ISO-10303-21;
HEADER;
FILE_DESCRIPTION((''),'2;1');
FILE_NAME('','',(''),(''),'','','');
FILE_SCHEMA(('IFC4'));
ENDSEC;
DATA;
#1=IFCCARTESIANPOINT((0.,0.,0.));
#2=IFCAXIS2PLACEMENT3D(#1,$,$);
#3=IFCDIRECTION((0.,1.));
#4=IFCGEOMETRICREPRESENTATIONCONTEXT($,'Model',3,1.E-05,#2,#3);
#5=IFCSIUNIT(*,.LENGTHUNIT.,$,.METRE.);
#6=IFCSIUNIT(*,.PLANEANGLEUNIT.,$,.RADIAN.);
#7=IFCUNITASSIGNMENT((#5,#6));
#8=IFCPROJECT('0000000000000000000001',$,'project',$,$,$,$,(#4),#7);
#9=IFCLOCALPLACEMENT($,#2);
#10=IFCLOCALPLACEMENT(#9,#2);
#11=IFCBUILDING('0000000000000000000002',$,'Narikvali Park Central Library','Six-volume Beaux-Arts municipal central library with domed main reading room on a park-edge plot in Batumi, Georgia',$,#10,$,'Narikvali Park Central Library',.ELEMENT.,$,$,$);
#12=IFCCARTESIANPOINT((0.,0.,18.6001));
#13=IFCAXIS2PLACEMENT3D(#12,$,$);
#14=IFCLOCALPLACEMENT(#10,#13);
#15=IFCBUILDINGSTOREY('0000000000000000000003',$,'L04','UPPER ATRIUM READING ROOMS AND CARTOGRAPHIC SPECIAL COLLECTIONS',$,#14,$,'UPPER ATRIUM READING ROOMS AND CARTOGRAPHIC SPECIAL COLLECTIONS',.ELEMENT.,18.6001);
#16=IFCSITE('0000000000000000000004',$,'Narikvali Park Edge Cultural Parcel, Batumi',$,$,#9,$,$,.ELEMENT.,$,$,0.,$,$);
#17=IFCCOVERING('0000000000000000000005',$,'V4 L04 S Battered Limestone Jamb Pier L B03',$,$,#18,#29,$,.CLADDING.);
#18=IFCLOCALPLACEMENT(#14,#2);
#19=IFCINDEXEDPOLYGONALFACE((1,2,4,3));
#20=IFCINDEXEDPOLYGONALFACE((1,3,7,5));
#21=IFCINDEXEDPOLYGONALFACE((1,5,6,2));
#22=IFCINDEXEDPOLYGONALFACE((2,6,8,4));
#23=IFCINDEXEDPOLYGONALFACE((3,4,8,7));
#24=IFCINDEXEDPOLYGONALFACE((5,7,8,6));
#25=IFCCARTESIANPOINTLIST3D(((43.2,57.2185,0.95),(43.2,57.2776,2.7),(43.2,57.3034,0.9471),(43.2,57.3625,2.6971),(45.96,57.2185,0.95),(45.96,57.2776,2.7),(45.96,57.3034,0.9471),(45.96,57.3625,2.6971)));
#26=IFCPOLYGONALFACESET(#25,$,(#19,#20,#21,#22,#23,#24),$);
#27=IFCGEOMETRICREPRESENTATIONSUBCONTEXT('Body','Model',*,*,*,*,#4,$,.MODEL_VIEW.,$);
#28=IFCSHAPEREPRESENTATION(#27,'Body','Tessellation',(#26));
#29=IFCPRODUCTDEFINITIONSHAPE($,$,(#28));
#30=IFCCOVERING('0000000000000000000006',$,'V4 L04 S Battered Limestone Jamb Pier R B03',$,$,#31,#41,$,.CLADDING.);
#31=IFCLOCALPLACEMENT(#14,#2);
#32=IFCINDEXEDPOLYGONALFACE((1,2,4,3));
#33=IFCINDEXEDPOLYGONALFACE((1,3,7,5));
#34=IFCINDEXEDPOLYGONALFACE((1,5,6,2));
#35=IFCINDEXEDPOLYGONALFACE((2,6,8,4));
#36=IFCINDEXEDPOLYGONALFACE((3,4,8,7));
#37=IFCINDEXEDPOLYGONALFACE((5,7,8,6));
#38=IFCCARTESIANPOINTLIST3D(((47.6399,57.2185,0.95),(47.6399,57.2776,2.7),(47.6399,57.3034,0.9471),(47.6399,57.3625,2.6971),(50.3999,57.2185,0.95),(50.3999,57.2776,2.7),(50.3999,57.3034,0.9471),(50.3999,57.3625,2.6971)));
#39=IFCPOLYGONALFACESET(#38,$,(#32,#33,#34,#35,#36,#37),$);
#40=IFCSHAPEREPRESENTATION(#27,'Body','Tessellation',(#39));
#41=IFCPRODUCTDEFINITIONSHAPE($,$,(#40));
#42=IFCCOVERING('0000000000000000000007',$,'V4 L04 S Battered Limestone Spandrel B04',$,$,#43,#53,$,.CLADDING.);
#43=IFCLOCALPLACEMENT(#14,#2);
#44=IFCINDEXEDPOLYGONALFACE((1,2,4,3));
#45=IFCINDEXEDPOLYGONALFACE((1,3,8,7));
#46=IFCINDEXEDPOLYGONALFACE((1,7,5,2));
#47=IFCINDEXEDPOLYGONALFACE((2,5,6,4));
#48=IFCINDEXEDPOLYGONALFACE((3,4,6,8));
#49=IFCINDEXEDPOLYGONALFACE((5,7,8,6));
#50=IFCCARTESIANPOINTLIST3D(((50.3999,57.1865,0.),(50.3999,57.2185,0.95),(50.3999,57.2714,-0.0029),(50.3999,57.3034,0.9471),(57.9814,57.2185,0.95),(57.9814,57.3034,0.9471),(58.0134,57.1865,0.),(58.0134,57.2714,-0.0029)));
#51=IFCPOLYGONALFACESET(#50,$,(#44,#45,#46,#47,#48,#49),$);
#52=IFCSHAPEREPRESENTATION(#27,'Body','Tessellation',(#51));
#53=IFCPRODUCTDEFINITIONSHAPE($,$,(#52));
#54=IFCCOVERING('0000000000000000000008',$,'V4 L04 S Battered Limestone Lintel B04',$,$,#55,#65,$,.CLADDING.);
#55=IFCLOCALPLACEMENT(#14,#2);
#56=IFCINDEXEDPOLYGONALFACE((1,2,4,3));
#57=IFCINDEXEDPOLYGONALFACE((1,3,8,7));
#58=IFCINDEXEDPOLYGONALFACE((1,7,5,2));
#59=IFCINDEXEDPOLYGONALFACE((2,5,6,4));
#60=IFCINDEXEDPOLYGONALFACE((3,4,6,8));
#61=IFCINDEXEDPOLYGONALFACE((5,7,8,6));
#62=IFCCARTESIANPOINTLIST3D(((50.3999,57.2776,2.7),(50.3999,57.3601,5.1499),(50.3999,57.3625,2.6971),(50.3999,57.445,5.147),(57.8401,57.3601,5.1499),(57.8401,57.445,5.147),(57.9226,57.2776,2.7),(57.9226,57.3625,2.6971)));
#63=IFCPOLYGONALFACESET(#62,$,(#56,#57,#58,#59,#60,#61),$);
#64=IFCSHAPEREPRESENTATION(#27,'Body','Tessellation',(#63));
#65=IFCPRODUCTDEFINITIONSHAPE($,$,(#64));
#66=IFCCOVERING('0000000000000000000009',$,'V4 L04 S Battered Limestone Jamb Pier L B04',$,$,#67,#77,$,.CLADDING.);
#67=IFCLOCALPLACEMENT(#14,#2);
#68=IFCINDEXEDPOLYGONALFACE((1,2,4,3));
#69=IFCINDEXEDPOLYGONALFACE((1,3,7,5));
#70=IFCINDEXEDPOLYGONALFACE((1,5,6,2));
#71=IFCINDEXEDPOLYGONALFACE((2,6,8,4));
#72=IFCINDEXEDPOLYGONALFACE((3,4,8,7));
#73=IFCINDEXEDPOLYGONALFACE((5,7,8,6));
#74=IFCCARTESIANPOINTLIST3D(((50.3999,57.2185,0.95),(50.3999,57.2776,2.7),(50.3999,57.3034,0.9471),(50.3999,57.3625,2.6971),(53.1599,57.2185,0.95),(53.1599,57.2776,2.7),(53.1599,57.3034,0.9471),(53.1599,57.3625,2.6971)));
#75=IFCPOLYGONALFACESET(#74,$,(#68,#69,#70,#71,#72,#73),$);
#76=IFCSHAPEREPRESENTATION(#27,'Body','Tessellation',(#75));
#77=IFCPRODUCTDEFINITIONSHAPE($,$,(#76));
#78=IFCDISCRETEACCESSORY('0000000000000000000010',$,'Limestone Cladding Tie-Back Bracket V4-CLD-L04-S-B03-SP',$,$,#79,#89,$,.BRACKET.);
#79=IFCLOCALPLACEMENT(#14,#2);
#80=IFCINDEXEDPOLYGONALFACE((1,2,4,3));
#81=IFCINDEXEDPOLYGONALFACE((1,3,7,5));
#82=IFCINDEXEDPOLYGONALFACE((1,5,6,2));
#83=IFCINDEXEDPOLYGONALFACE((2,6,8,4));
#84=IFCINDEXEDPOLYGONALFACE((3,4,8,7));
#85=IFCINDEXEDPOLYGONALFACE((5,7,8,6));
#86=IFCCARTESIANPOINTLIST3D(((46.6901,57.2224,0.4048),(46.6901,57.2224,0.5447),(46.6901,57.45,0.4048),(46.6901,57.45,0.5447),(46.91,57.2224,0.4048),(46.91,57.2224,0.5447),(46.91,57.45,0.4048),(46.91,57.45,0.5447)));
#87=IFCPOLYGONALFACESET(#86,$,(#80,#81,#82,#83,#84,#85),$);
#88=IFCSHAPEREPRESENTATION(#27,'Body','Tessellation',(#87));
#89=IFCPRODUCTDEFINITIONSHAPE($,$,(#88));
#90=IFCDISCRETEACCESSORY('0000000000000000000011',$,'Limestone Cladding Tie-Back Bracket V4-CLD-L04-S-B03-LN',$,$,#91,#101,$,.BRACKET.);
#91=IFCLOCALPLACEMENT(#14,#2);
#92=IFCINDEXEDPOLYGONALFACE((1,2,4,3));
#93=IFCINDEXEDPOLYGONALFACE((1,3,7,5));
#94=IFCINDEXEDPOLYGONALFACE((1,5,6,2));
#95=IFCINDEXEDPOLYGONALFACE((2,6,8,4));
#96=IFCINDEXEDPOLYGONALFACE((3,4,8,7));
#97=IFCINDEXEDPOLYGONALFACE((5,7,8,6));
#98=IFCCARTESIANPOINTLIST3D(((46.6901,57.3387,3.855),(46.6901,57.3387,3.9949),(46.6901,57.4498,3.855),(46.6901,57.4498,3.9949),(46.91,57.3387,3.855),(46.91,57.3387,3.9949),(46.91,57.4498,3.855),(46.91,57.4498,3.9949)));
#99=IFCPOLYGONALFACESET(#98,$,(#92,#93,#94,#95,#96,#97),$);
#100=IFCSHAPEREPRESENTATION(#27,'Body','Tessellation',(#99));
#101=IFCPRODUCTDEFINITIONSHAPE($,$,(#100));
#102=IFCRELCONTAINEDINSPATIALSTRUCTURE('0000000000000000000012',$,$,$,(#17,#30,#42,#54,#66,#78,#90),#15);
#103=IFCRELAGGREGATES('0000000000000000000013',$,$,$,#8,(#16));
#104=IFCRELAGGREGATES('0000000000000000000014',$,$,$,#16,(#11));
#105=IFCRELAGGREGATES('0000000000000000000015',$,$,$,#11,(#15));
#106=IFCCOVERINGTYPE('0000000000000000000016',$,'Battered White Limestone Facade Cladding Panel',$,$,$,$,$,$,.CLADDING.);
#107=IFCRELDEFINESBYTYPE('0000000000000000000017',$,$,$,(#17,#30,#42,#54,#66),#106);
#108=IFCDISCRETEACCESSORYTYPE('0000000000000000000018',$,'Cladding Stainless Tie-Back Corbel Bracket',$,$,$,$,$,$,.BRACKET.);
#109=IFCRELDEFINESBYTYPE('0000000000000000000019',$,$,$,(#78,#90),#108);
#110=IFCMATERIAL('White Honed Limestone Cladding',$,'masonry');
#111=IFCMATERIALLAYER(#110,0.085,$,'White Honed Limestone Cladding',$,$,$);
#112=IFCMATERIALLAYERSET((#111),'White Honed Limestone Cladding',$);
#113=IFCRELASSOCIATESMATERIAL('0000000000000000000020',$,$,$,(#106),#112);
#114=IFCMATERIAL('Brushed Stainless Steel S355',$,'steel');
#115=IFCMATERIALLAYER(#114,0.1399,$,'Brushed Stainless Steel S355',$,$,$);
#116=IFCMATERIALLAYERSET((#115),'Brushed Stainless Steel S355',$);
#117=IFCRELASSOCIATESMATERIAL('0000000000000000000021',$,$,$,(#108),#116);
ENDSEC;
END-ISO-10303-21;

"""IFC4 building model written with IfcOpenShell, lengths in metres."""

from ifc_helpers import new_model, si_unit, direction, frame, origin, origin_2d, place, context, subcontext, project, spatial, polyline, rectangle, outline, extrude, material, layer, layer_set, type_object, element, save


model = new_model("IFC4")

# Units and contexts
model_context = context("Model", 3, precision=1e-05, world=origin(), true_north=direction((0.0, 1.0)))
body_context = subcontext(model_context, "Body", "Model", "MODEL_VIEW")
ifc_project = project(units=[si_unit("LENGTHUNIT", "METRE"), si_unit("PLANEANGLEUNIT", "RADIAN")], contexts=[model_context])

# Site, building, storey
site_placement = place(None, origin())
site = spatial("IfcSite", under=ifc_project, at=site_placement, Name="Narikvali Park Edge Cultural Parcel, Batumi", CompositionType="ELEMENT", RefElevation=0.0)
building_placement = place(site_placement, origin())
building = spatial("IfcBuilding", under=site, at=building_placement, Name="Narikvali Park Central Library", Description="Six-volume Beaux-Arts municipal central library with domed main reading room on a park-edge plot in Batumi, Georgia", LongName="Narikvali Park Central Library", CompositionType="ELEMENT")
storey_placement = place(building_placement, frame((0.0, 0.0, 18.6001)))
storey = spatial("IfcBuildingStorey", under=building, at=storey_placement, Name="L04", Description="UPPER ATRIUM READING ROOMS AND CARTOGRAPHIC SPECIAL COLLECTIONS", LongName="UPPER ATRIUM READING ROOMS AND CARTOGRAPHIC SPECIAL COLLECTIONS", CompositionType="ELEMENT", Elevation=18.6001)

# Coverings
ifc_material_1 = material(Name="White Honed Limestone Cladding", Category="masonry")
ifc_layer_1 = layer(ifc_material_1, 0.085, Name="White Honed Limestone Cladding")
ifc_layer_set_1 = layer_set([ifc_layer_1], Name="White Honed Limestone Cladding")
covering_type = type_object("IfcCoveringType", Name="Battered White Limestone Facade Cladding Panel", PredefinedType="CLADDING", material=ifc_layer_set_1)
for number, where, z_axis, x_axis, name in (
    (1, (43.2, 57.2185, 0.95), (0.0, -0.999431, 0.033742), (1.0, 0.0, 0.0), "V4 L04 S Battered Limestone Jamb Pier L B03"),
    (2, (47.6399, 57.2185, 0.95), (0.0, -0.999431, 0.033742), (1.0, 0.0, 0.0), "V4 L04 S Battered Limestone Jamb Pier R B03"),
):
    element("IfcCovering", number, at=place(storey_placement, frame(where, z_axis=z_axis, x_axis=x_axis)), inside=storey, type_object=covering_type, Name=name, PredefinedType="CLADDING", context=body_context, shape_type="SweptSolid", body=[
        extrude(outline(polyline([(0.0, 0.0), (2.76, 0.0), (2.76, 1.751), (0.0, 1.751), (0.0, 0.0)])), origin(), (0.0, 0.0, -1.0), 0.085),
    ])
covering_1_placement = place(storey_placement, frame((50.3999, 57.1865, 0.0), z_axis=(0.0, -0.999434, 0.033648), x_axis=(1.0, 0.0, 0.0)))
element("IfcCovering", 3, at=covering_1_placement, inside=storey, type_object=covering_type, Name="V4 L04 S Battered Limestone Spandrel B04", PredefinedType="CLADDING", context=body_context, shape_type="SweptSolid", body=[
    extrude(outline(polyline([(0.0, 0.0), (7.6135, 0.0), (7.5815, 0.9505), (0.0, 0.9505), (0.0, 0.0)])), origin(), (0.0, 0.0, -1.0), 0.085),
])
covering_2_placement = place(storey_placement, frame((50.3999, 57.2776, 2.7), z_axis=(0.0, -0.999433, 0.033663), x_axis=(1.0, 0.0, 0.0)))
element("IfcCovering", 4, at=covering_2_placement, inside=storey, type_object=covering_type, Name="V4 L04 S Battered Limestone Lintel B04", PredefinedType="CLADDING", context=body_context, shape_type="SweptSolid", body=[
    extrude(outline(polyline([(0.0, 0.0), (7.5227, 0.0), (7.4402, 2.4513), (0.0, 2.4513), (0.0, 0.0)])), origin(), (0.0, 0.0, -1.0), 0.085),
])
covering_3_placement = place(storey_placement, frame((50.3999, 57.2185, 0.95), z_axis=(0.0, -0.999431, 0.033742), x_axis=(1.0, 0.0, 0.0)))
element("IfcCovering", 5, at=covering_3_placement, inside=storey, type_object=covering_type, Name="V4 L04 S Battered Limestone Jamb Pier L B04", PredefinedType="CLADDING", context=body_context, shape_type="SweptSolid", body=[
    extrude(outline(polyline([(0.0, 0.0), (2.76, 0.0), (2.76, 1.751), (0.0, 1.751), (0.0, 0.0)])), origin(), (0.0, 0.0, -1.0), 0.085),
])

# Discrete accessories
ifc_material_2 = material(Name="Brushed Stainless Steel S355", Category="steel")
ifc_layer_2 = layer(ifc_material_2, 0.1399, Name="Brushed Stainless Steel S355")
ifc_layer_set_2 = layer_set([ifc_layer_2], Name="Brushed Stainless Steel S355")
discrete_accessory_type = type_object("IfcDiscreteAccessoryType", Name="Cladding Stainless Tie-Back Corbel Bracket", PredefinedType="BRACKET", material=ifc_layer_set_2)
discrete_accessory_1_placement = place(storey_placement, frame((46.8, 57.3362, 0.4048), z_axis=(0.0, 0.0, 1.0), x_axis=(1.0, 0.0, 0.0)))
element("IfcDiscreteAccessory", 6, at=discrete_accessory_1_placement, inside=storey, type_object=discrete_accessory_type, Name="Limestone Cladding Tie-Back Bracket V4-CLD-L04-S-B03-SP", PredefinedType="BRACKET", context=body_context, shape_type="SweptSolid", body=[
    extrude(rectangle(XDim=0.22, YDim=0.2275, at=origin_2d()), origin(), (0.0, 0.0, 1.0), 0.1399),
])
discrete_accessory_2_placement = place(storey_placement, frame((46.8, 57.3943, 3.855), z_axis=(0.0, 0.0, 1.0), x_axis=(1.0, 0.0, 0.0)))
element("IfcDiscreteAccessory", 7, at=discrete_accessory_2_placement, inside=storey, type_object=discrete_accessory_type, Name="Limestone Cladding Tie-Back Bracket V4-CLD-L04-S-B03-LN", PredefinedType="BRACKET", context=body_context, shape_type="SweptSolid", body=[
    extrude(rectangle(XDim=0.22, YDim=0.1111, at=origin_2d()), origin(), (0.0, 0.0, 1.0), 0.1399),
])

save(model, "model.ifc")
